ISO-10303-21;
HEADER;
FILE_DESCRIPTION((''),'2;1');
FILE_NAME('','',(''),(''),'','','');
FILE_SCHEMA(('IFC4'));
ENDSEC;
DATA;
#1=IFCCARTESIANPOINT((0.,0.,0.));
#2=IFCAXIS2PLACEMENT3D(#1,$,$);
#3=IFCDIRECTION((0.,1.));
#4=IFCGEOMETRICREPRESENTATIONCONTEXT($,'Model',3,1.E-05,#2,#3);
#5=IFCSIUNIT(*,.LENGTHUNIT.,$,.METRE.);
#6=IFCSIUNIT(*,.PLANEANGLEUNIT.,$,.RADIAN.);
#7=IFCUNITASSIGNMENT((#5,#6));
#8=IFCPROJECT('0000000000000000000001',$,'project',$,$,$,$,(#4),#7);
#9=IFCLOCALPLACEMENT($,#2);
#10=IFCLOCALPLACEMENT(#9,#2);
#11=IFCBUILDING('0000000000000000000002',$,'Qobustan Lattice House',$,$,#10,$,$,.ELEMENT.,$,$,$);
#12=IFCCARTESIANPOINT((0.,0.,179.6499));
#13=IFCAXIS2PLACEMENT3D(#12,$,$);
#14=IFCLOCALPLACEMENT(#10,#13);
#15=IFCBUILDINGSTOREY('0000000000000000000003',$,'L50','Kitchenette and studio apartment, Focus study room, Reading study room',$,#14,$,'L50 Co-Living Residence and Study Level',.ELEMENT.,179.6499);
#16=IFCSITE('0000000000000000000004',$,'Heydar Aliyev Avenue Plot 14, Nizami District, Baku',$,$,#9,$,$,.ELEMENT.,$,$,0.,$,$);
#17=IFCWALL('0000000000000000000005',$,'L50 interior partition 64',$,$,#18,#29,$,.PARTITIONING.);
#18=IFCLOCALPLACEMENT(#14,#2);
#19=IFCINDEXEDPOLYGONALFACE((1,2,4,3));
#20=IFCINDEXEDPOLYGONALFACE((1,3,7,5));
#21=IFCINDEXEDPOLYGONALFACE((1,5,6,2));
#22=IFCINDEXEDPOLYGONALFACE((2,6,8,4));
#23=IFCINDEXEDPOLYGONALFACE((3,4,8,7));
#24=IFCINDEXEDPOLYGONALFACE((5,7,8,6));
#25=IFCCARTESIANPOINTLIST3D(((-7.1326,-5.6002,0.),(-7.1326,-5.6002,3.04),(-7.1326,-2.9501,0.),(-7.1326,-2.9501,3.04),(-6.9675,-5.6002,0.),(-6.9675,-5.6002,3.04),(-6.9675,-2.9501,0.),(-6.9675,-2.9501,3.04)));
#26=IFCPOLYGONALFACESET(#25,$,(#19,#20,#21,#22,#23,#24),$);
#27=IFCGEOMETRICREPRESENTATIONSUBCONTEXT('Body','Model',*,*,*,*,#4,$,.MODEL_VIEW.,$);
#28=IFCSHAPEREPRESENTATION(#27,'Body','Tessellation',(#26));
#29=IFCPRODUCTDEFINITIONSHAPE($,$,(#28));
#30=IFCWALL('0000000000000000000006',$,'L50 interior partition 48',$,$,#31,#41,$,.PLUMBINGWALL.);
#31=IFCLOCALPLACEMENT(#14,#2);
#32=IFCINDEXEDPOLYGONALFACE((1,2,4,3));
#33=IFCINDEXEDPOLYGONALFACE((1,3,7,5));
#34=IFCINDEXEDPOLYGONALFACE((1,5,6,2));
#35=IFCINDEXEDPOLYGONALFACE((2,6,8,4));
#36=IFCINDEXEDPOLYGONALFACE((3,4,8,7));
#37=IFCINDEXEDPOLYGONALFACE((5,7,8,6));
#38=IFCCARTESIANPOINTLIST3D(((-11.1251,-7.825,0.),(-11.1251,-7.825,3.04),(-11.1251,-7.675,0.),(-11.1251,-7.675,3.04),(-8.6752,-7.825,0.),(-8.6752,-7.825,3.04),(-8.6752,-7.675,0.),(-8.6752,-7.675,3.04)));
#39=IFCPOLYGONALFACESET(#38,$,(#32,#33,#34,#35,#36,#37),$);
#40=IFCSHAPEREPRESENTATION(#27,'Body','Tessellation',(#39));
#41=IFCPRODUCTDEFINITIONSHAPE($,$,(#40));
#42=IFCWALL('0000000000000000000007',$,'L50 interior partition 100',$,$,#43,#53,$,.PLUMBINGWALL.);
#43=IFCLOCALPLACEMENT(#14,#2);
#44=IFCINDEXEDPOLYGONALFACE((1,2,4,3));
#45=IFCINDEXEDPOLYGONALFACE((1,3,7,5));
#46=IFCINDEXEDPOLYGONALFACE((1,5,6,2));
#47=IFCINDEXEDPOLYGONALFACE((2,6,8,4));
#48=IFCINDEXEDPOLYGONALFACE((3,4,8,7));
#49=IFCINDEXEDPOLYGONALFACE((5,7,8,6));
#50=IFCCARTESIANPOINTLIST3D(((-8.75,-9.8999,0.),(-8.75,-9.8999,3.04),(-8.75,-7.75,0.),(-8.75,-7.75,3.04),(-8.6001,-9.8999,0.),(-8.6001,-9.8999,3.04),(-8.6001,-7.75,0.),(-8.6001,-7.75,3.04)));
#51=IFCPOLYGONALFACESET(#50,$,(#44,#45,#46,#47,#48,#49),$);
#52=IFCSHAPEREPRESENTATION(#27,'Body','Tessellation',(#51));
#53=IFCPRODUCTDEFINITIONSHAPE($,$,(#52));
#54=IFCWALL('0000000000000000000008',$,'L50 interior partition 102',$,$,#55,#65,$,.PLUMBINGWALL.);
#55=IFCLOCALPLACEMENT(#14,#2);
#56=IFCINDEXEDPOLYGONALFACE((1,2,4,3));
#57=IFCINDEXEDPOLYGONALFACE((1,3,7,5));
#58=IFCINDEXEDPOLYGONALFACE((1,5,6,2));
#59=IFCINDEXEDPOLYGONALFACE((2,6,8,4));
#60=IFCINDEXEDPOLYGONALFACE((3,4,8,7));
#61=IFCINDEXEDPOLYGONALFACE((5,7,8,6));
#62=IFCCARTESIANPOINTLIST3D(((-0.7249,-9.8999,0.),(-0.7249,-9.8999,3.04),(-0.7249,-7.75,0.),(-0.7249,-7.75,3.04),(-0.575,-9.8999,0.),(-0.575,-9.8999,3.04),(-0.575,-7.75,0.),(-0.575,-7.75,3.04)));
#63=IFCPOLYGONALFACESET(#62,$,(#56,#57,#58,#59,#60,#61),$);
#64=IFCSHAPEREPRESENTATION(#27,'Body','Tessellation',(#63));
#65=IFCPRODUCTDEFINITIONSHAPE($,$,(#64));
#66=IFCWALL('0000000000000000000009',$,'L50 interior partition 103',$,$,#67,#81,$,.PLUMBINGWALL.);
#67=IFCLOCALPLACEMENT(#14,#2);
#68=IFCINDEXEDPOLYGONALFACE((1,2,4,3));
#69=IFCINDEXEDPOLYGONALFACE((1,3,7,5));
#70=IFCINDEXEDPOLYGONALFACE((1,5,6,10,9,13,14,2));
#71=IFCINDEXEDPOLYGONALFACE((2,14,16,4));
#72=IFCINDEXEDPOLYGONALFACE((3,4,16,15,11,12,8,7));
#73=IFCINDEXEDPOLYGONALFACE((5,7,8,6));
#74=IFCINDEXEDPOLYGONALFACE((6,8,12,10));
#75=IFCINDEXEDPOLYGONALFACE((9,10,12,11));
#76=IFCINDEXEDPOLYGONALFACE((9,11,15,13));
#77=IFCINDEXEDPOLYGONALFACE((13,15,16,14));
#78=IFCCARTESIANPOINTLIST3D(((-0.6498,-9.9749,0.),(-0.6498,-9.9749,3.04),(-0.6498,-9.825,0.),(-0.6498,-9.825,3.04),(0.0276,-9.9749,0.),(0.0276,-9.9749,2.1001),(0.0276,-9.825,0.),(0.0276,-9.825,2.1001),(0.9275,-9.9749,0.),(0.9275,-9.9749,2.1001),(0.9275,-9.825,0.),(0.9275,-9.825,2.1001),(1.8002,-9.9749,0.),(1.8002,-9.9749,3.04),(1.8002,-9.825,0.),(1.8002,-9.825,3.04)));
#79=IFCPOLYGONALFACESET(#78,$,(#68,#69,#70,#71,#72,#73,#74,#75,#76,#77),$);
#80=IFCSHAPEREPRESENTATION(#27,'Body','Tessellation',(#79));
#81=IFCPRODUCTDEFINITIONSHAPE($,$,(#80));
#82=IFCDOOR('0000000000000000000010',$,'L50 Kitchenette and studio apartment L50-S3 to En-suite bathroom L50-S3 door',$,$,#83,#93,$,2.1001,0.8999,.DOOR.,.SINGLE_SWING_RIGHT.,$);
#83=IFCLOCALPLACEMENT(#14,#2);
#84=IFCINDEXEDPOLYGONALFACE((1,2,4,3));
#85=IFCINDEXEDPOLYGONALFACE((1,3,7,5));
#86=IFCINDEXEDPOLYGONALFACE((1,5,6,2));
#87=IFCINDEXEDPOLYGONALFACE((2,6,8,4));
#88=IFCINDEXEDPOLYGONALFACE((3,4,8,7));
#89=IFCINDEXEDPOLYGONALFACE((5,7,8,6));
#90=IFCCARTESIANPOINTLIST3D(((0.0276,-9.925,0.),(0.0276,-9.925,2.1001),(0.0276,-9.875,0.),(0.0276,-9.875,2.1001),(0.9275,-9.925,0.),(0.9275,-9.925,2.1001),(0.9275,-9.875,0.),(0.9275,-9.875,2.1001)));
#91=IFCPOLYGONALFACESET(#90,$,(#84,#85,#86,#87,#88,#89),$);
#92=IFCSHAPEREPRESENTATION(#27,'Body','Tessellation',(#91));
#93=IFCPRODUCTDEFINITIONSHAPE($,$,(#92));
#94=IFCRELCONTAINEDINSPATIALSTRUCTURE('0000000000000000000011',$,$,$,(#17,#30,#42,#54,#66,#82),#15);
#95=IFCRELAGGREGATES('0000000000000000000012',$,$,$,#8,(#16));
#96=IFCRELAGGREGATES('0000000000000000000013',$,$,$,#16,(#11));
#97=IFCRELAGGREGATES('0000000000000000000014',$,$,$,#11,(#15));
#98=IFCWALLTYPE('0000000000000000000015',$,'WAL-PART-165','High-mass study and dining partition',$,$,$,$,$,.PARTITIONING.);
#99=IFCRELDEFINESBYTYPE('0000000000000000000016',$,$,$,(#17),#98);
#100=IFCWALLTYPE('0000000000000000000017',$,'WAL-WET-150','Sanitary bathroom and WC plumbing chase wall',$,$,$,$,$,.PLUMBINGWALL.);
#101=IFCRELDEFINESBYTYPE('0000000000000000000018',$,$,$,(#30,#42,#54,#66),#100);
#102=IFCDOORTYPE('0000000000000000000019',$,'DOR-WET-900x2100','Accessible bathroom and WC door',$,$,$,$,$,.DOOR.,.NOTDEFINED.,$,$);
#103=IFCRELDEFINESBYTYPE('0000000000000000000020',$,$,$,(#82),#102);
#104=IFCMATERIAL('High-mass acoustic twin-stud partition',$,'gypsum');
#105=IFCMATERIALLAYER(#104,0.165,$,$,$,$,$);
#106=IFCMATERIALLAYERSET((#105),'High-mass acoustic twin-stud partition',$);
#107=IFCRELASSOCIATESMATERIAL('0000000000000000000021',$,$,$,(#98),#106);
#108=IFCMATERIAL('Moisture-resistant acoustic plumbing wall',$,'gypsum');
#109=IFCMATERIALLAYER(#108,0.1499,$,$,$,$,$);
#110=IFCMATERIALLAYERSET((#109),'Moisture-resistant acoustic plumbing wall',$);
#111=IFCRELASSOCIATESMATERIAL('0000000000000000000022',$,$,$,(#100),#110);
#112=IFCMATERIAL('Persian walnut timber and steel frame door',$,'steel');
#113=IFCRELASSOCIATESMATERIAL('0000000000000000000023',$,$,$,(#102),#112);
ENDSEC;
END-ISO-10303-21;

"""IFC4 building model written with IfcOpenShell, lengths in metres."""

from ifc_helpers import new_model, si_unit, direction, frame, frame_2d, origin, place, context, subcontext, project, spatial, rectangle, extrude, material, layer, layer_set, type_object, element, fill, save


model = new_model("IFC4")

# Units and contexts
model_context = context("Model", 3, precision=1e-05, world=origin(), true_north=direction((0.0, 1.0)))
body_context = subcontext(model_context, "Body", "Model", "MODEL_VIEW")
ifc_project = project(units=[si_unit("LENGTHUNIT", "METRE"), si_unit("PLANEANGLEUNIT", "RADIAN")], contexts=[model_context])

# Site, building, storey
site_placement = place(None, origin())
site = spatial("IfcSite", under=ifc_project, at=site_placement, Name="Heydar Aliyev Avenue Plot 14, Nizami District, Baku", CompositionType="ELEMENT", RefElevation=0.0)
building_placement = place(site_placement, origin())
building = spatial("IfcBuilding", under=site, at=building_placement, Name="Qobustan Lattice House", CompositionType="ELEMENT")
storey_placement = place(building_placement, frame((0.0, 0.0, 179.6499)))
storey = spatial("IfcBuildingStorey", under=building, at=storey_placement, Name="L50", Description="Kitchenette and studio apartment, Focus study room, Reading study room", LongName="L50 Co-Living Residence and Study Level", CompositionType="ELEMENT", Elevation=179.6499)

# Walls
ifc_material_1 = material(Name="High-mass acoustic twin-stud partition", Category="gypsum")
ifc_layer_1 = layer(ifc_material_1, 0.165)
ifc_layer_set_1 = layer_set([ifc_layer_1], Name="High-mass acoustic twin-stud partition")
wall_type_1 = type_object("IfcWallType", Name="WAL-PART-165", Description="High-mass study and dining partition", PredefinedType="PARTITIONING", material=ifc_layer_set_1)
wall_1_placement = place(storey_placement, frame((-7.05, -2.95, 0.0), z_axis=(0.0, 0.0, 1.0), x_axis=(0.0, -1.0, 0.0)))
element("IfcWall", 1, at=wall_1_placement, inside=storey, type_object=wall_type_1, Name="L50 interior partition 64", PredefinedType="PARTITIONING", context=body_context, shape_type="SweptSolid", body=[
    extrude(rectangle(XDim=2.6501, YDim=0.165, at=frame_2d((1.3252, 0.0))), origin(), (0.0, 0.0, 1.0), 3.04),
])
ifc_material_2 = material(Name="Moisture-resistant acoustic plumbing wall", Category="gypsum")
ifc_layer_2 = layer(ifc_material_2, 0.1499)
ifc_layer_set_2 = layer_set([ifc_layer_2], Name="Moisture-resistant acoustic plumbing wall")
wall_type_2 = type_object("IfcWallType", Name="WAL-WET-150", Description="Sanitary bathroom and WC plumbing chase wall", PredefinedType="PLUMBINGWALL", material=ifc_layer_set_2)
wall_2_placement = place(storey_placement, frame((-8.675, -7.75, 0.0), z_axis=(0.0, 0.0, 1.0), x_axis=(-1.0, 0.0, 0.0)))
element("IfcWall", 2, at=wall_2_placement, inside=storey, type_object=wall_type_2, Name="L50 interior partition 48", PredefinedType="PLUMBINGWALL", context=body_context, shape_type="SweptSolid", body=[
    extrude(rectangle(XDim=2.45, YDim=0.1499, at=frame_2d((1.2251, 0.0))), origin(), (0.0, 0.0, 1.0), 3.04),
])
for number, where, z_axis, x_axis, name in (
    (3, (-8.675, -9.8999, 0.0), (0.0, 0.0, 1.0), (0.0, 1.0, 0.0), "L50 interior partition 100"),
    (4, (-0.6499, -7.75, 0.0), (0.0, 0.0, 1.0), (0.0, -1.0, 0.0), "L50 interior partition 102"),
):
    element("IfcWall", number, at=place(storey_placement, frame(where, z_axis=z_axis, x_axis=x_axis)), inside=storey, type_object=wall_type_2, Name=name, PredefinedType="PLUMBINGWALL", context=body_context, shape_type="SweptSolid", body=[
        extrude(rectangle(XDim=2.1499, YDim=0.1499, at=frame_2d((1.075, 0.0))), origin(), (0.0, 0.0, 1.0), 3.04),
    ])

# Wall, opening, door
wall_3_placement = place(storey_placement, frame((-0.6499, -9.8999, 0.0), z_axis=(0.0, 0.0, 1.0), x_axis=(1.0, 0.0, 0.0)))
wall_3 = element("IfcWall", 5, at=wall_3_placement, inside=storey, type_object=wall_type_2, Name="L50 interior partition 103", PredefinedType="PLUMBINGWALL", context=body_context, shape_type="SweptSolid", body=[
    extrude(rectangle(XDim=2.45, YDim=0.1499, at=frame_2d((1.2251, 0.0))), origin(), (0.0, 0.0, 1.0), 3.04),
])
opening_1_placement = place(wall_3_placement, frame((0.6775, 0.0, 0.0)))
opening_1 = element("IfcOpeningElement", 6, at=opening_1_placement, cuts=wall_3, PredefinedType="OPENING", context=body_context, shape_type="SweptSolid", body=[
    extrude(rectangle(XDim=0.8999, YDim=2.1001, at=frame_2d((0.45, 1.05))), frame((0.0, 0.085, 0.0), z_axis=(0.0, -1.0, 0.0), x_axis=(1.0, 0.0, 0.0)), (0.0, 0.0, 1.0), 0.1699),
])
ifc_material_3 = material(Name="Persian walnut timber and steel frame door", Category="steel")
door_type_1 = type_object("IfcDoorType", Name="DOR-WET-900x2100", Description="Accessible bathroom and WC door", OperationType="NOTDEFINED", PredefinedType="DOOR", material=ifc_material_3)
door_1_placement = place(opening_1_placement, origin())
door_1 = element("IfcDoor", 7, at=door_1_placement, inside=storey, type_object=door_type_1, Name="L50 Kitchenette and studio apartment L50-S3 to En-suite bathroom L50-S3 door", OperationType="SINGLE_SWING_RIGHT", OverallHeight=2.1001, OverallWidth=0.8999, PredefinedType="DOOR", context=body_context, shape_type="SweptSolid", body=[
    extrude(rectangle(XDim=0.8999, YDim=2.1001, at=frame_2d((0.45, 1.05))), frame((0.0, 0.0249, 0.0), z_axis=(0.0, -1.0, 0.0), x_axis=(1.0, 0.0, 0.0)), (0.0, 0.0, 1.0), 0.05),
])
fill(opening_1, door_1)

save(model, "model.ifc")
